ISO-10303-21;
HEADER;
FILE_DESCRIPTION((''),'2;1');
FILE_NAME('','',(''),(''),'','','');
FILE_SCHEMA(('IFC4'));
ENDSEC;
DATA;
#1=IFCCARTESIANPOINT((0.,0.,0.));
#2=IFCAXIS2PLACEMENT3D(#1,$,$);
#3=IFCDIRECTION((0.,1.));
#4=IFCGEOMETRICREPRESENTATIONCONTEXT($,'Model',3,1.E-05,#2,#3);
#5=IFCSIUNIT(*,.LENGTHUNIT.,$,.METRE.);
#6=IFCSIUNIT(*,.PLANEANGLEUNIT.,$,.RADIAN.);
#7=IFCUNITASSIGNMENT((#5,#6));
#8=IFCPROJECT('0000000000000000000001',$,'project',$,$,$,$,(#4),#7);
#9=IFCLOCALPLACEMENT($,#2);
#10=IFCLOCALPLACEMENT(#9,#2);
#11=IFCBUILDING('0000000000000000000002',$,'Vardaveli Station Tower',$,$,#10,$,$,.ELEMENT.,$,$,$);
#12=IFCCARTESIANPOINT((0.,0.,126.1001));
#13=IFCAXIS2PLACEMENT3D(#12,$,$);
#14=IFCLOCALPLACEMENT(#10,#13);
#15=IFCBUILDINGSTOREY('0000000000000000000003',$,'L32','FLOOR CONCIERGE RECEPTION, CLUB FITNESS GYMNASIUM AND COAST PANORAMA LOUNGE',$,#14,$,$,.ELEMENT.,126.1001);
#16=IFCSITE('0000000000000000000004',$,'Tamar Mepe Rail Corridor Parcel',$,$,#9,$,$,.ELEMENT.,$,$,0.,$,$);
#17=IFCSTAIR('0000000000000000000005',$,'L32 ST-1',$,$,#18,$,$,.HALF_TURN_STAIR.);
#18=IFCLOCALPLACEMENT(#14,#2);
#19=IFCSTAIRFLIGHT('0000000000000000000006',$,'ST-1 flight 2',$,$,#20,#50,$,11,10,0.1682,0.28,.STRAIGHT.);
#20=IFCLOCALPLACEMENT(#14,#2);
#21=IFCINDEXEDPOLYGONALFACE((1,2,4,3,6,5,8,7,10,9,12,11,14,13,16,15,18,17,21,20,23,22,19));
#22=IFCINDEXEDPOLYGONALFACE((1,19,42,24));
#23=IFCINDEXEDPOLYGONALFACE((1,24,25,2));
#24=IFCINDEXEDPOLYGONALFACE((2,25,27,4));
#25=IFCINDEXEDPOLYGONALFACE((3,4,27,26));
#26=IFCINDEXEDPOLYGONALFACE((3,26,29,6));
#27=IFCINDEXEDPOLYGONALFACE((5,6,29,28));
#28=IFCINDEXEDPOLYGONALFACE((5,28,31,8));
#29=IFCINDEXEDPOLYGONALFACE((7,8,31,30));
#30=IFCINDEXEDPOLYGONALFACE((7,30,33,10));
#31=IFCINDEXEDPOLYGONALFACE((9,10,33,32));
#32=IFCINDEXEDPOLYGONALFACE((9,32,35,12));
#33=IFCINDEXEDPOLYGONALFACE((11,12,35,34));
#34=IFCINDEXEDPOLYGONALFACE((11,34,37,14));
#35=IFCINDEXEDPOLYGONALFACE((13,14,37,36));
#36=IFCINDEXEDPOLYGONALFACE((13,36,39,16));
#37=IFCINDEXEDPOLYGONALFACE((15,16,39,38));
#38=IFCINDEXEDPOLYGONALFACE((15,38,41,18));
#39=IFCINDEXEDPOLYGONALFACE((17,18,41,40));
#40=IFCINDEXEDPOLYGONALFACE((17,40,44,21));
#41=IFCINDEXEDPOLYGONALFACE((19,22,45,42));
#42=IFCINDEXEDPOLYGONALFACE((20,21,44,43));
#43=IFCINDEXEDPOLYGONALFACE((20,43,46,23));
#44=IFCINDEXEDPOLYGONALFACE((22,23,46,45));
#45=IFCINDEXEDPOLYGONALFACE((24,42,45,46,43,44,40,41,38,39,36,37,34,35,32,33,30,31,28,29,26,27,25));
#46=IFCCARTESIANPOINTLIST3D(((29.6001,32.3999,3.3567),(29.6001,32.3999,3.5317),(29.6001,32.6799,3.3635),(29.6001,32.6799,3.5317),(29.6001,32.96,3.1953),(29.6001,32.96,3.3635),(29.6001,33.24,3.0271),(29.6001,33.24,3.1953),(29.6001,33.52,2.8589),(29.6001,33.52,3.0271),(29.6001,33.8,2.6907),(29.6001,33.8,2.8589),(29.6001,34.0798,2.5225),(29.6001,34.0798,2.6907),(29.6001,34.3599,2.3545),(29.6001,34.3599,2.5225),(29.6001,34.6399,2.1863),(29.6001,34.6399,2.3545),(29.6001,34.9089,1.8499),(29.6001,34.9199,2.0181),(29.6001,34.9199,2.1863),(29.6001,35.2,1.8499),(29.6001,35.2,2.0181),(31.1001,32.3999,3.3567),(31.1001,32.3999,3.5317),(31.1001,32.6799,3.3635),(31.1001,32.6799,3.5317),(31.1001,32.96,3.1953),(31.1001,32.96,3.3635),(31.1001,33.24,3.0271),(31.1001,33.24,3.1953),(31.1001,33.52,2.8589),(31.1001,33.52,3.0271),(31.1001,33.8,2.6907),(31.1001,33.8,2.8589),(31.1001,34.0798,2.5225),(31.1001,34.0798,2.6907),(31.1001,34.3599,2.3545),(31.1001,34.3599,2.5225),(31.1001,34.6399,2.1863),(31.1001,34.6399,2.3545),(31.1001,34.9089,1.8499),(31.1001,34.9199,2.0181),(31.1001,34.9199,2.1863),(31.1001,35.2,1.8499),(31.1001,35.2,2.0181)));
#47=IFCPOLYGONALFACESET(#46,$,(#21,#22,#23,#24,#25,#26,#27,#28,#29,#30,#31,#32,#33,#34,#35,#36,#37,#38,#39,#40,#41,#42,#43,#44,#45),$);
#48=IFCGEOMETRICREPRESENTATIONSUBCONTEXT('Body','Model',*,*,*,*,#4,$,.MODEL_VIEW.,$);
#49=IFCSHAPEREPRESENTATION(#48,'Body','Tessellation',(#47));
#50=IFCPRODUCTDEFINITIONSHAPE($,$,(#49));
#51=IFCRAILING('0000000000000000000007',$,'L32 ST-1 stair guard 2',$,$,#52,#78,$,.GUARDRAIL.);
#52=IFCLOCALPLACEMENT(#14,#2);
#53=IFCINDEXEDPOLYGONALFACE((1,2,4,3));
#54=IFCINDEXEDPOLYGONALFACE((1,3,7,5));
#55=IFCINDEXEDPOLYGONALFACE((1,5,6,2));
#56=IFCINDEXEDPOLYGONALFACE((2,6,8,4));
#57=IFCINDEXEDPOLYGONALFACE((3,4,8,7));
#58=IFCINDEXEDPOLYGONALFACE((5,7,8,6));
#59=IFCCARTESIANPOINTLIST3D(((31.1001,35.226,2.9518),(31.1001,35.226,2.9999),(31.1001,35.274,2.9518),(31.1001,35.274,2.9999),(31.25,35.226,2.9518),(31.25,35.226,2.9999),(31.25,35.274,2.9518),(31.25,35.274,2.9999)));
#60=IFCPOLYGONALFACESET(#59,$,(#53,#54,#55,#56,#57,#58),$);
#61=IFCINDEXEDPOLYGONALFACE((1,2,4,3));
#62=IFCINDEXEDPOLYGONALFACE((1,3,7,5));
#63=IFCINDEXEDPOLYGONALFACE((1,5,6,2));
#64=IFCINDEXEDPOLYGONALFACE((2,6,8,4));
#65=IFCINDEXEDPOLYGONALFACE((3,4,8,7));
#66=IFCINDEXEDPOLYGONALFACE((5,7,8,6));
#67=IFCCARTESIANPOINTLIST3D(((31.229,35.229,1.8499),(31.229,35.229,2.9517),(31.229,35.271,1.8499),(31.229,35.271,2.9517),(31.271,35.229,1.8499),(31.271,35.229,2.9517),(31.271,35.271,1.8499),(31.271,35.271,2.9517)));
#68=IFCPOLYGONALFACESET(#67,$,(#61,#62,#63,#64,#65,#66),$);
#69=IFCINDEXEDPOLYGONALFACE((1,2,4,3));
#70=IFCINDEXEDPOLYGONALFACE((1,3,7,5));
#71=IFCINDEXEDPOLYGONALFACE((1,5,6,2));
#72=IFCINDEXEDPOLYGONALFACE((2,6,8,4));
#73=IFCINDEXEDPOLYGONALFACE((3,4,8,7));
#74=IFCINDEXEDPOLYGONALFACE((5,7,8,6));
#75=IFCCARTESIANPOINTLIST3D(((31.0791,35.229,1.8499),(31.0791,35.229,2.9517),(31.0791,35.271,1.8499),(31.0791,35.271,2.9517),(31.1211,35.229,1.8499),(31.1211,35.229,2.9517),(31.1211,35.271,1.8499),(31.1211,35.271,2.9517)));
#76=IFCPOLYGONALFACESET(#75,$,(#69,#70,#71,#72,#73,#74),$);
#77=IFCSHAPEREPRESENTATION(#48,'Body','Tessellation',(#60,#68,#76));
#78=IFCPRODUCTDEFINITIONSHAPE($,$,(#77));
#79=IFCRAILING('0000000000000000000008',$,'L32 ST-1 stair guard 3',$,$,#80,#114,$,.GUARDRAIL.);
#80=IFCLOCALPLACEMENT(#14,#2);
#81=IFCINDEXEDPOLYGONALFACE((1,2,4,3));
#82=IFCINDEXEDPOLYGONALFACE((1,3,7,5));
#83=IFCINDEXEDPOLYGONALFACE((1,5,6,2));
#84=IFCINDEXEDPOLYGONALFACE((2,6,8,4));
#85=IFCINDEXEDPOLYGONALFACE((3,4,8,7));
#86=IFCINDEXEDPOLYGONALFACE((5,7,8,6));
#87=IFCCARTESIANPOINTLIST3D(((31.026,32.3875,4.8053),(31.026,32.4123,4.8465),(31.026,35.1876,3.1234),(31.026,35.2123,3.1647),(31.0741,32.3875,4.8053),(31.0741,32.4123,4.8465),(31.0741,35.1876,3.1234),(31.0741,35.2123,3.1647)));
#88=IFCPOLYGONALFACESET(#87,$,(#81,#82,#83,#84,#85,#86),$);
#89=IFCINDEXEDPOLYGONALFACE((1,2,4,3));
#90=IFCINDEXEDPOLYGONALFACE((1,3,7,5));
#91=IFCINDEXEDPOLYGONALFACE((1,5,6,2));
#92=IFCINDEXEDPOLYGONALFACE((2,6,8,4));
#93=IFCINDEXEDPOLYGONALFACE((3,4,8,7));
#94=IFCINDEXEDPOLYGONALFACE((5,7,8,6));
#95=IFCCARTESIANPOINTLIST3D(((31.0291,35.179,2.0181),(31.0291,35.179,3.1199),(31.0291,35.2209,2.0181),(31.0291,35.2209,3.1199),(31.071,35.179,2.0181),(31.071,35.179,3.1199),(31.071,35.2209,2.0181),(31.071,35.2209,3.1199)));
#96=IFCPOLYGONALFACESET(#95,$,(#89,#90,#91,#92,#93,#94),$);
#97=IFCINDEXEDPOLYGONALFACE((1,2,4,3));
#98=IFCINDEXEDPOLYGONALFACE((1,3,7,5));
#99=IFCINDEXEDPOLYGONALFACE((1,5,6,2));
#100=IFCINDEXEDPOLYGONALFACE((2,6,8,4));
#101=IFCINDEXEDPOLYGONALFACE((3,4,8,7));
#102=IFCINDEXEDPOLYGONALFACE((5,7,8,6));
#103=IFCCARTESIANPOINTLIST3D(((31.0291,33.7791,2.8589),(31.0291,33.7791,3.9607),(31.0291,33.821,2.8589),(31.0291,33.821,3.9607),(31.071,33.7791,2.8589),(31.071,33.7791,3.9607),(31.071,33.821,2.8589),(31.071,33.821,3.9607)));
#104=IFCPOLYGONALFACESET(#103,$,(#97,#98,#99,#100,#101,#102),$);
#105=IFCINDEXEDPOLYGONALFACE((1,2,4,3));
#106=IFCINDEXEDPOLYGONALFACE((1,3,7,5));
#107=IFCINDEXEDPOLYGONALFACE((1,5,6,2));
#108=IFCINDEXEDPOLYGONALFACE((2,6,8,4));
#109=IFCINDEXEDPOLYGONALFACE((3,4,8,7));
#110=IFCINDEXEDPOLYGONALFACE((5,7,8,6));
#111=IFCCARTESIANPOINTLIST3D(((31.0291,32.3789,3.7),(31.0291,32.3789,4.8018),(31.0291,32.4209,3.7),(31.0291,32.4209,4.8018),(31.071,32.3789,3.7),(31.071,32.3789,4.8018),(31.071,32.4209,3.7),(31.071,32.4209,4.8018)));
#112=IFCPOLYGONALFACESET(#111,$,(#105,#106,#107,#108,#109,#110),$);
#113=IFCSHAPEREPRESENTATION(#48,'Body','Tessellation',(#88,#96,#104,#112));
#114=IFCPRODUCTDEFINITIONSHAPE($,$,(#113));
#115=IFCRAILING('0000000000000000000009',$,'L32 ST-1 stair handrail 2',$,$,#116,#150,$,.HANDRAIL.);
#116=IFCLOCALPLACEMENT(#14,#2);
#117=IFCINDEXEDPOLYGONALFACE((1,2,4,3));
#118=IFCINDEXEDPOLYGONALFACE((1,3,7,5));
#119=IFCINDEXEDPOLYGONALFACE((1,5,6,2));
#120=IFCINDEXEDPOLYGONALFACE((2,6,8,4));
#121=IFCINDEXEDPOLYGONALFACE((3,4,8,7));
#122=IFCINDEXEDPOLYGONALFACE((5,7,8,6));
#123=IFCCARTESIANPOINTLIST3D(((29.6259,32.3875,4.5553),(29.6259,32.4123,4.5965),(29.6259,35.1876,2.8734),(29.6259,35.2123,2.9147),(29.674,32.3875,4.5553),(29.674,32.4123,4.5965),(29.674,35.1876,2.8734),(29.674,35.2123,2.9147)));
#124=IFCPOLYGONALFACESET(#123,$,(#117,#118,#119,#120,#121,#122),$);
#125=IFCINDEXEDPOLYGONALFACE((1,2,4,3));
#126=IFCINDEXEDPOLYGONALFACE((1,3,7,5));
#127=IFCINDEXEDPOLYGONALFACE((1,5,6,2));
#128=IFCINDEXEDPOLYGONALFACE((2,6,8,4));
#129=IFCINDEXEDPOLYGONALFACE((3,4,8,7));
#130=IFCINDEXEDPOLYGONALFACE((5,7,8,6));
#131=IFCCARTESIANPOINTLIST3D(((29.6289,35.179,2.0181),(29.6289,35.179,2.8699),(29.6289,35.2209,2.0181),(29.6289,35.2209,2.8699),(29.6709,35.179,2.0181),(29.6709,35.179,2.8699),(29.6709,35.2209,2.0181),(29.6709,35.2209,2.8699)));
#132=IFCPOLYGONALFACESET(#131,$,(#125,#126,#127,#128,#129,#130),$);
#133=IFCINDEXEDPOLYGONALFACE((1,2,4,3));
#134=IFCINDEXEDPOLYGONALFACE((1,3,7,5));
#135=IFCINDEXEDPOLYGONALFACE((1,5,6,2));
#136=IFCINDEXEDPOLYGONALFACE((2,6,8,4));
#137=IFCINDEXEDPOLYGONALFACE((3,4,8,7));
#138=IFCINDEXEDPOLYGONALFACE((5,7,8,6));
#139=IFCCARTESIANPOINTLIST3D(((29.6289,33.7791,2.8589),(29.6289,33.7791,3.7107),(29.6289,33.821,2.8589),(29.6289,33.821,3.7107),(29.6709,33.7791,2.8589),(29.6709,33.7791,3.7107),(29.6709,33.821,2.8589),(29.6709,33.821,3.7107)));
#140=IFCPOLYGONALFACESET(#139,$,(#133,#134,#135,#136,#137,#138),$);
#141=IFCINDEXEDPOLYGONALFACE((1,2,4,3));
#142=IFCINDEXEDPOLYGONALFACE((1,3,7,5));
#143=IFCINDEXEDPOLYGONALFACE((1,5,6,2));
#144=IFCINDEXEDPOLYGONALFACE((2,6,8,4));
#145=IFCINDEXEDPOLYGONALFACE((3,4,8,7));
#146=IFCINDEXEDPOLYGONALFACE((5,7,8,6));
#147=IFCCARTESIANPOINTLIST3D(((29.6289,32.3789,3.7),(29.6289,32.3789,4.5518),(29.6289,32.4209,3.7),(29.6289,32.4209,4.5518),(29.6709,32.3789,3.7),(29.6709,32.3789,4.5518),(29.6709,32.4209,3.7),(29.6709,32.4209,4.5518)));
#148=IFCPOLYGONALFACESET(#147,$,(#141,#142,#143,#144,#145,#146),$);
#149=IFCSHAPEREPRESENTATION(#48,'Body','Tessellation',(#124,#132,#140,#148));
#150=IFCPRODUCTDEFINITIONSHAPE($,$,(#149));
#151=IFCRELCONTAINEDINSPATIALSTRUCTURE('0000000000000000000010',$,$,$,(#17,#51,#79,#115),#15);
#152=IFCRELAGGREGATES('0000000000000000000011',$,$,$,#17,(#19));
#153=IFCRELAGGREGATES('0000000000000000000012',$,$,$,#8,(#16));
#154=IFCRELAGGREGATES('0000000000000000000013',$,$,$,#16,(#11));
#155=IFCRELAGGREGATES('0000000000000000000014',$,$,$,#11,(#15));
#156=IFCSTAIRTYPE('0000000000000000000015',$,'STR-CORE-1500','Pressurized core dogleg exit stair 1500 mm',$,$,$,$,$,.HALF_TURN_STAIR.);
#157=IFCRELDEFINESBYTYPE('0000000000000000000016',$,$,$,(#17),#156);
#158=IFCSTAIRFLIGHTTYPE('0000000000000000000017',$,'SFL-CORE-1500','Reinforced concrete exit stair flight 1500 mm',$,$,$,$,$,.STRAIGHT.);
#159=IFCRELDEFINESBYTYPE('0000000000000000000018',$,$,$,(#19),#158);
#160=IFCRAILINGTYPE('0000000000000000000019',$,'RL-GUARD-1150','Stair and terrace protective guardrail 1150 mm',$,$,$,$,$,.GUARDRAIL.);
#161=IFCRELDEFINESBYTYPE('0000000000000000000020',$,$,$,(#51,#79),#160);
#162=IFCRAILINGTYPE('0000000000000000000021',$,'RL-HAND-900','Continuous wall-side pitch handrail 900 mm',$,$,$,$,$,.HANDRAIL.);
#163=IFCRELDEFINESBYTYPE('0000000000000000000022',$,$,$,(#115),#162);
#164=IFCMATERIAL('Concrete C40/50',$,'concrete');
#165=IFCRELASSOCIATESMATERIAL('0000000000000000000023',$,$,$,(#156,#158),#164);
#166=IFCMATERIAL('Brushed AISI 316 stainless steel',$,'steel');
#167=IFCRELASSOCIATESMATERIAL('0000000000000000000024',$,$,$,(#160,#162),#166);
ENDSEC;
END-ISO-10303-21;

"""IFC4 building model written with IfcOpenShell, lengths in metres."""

from ifc_helpers import new_model, si_unit, direction, frame, origin, origin_2d, place, context, subcontext, project, spatial, polyline, rectangle, outline, extrude, source, transform, mapped, material, type_object, element, aggregate, save


model = new_model("IFC4")

# Units and contexts
model_context = context("Model", 3, precision=1e-05, world=origin(), true_north=direction((0.0, 1.0)))
body_context = subcontext(model_context, "Body", "Model", "MODEL_VIEW")
ifc_project = project(units=[si_unit("LENGTHUNIT", "METRE"), si_unit("PLANEANGLEUNIT", "RADIAN")], contexts=[model_context])

# Site, building, storey
site_placement = place(None, origin())
site = spatial("IfcSite", under=ifc_project, at=site_placement, Name="Tamar Mepe Rail Corridor Parcel", CompositionType="ELEMENT", RefElevation=0.0)
building_placement = place(site_placement, origin())
building = spatial("IfcBuilding", under=site, at=building_placement, Name="Vardaveli Station Tower", CompositionType="ELEMENT")
storey_placement = place(building_placement, frame((0.0, 0.0, 126.1001)))
storey = spatial("IfcBuildingStorey", under=building, at=storey_placement, Name="L32", Description="FLOOR CONCIERGE RECEPTION, CLUB FITNESS GYMNASIUM AND COAST PANORAMA LOUNGE", CompositionType="ELEMENT", Elevation=126.1001)

# Shared definitions
ifc_material_1 = material(Name="Concrete C40/50", Category="concrete")

# Stair, stair flight
stair_type = type_object("IfcStairType", Name="STR-CORE-1500", Description="Pressurized core dogleg exit stair 1500 mm", PredefinedType="HALF_TURN_STAIR", material=ifc_material_1)
stair_placement = place(storey_placement, origin())
stair = element("IfcStair", 1, at=stair_placement, inside=storey, type_object=stair_type, Name="L32 ST-1", PredefinedType="HALF_TURN_STAIR")
stair_flight_type = type_object("IfcStairFlightType", Name="SFL-CORE-1500", Description="Reinforced concrete exit stair flight 1500 mm", PredefinedType="STRAIGHT", material=ifc_material_1)
shared_shape_1 = source(origin(), body_context, "Body", "SweptSolid", [
    extrude(outline(polyline([(0.0, 0.0), (0.0, 0.1682), (0.28, 0.1682), (0.28, 0.3364), (0.5601, 0.3364), (0.5601, 0.5046), (0.8401, 0.5046), (0.8401, 0.6726), (1.1201, 0.6726), (1.1201, 0.8408), (1.3999, 0.8408), (1.3999, 1.009), (1.6799, 1.009), (1.6799, 1.1772), (1.96, 1.1772), (1.96, 1.3455), (2.24, 1.3455), (2.24, 1.5137), (2.52, 1.5137), (2.52, 1.6819), (2.8, 1.6819), (2.8, 1.8501), (2.8, 1.5068), (0.291, 0.0), (0.0, 0.0)])), frame((0.0, 0.75, 0.0), z_axis=(0.0, -1.0, 0.0), x_axis=(1.0, 0.0, 0.0)), (0.0, 0.0, 1.0), 1.5),
])
stair_flight_placement = place(storey_placement, frame((30.3501, 35.2, 1.8499), z_axis=(0.0, 0.0, 1.0), x_axis=(0.0, -1.0, 0.0)))
stair_flight = element("IfcStairFlight", 2, at=stair_flight_placement, type_object=stair_flight_type, Name="ST-1 flight 2", NumberOfRisers=11, NumberOfTreads=10, PredefinedType="STRAIGHT", RiserHeight=0.1682, TreadLength=0.28, context=body_context, shape_type="MappedRepresentation", body=[
    mapped(shared_shape_1, transform((0.0, 0.0, 0.0), scale=1.0)),
])
aggregate(stair, [stair_flight])

# Railings
ifc_material_2 = material(Name="Brushed AISI 316 stainless steel", Category="steel")
railing_type_1 = type_object("IfcRailingType", Name="RL-GUARD-1150", Description="Stair and terrace protective guardrail 1150 mm", PredefinedType="GUARDRAIL", material=ifc_material_2)
shared_shape_2 = source(origin(), body_context, "Body", "SweptSolid", [
    extrude(rectangle(XDim=0.0481, YDim=0.0481, at=origin_2d()), frame((0.0, 0.0, 1.126), z_axis=(-1.0, 0.0, 0.0), x_axis=(0.0, -1.0, 0.0)), (0.0, 0.0, 1.0), 0.1499),
    extrude(rectangle(XDim=0.042, YDim=0.042, at=origin_2d()), origin(), (0.0, 0.0, 1.0), 1.1018),
    extrude(rectangle(XDim=0.042, YDim=0.042, at=origin_2d()), frame((-0.1499, 0.0, 0.0)), (0.0, 0.0, 1.0), 1.1018),
])
railing_1_placement = place(storey_placement, frame((31.25, 35.25, 1.8499)))
element("IfcRailing", 3, at=railing_1_placement, inside=storey, type_object=railing_type_1, Name="L32 ST-1 stair guard 2", PredefinedType="GUARDRAIL", context=body_context, shape_type="MappedRepresentation", body=[
    mapped(shared_shape_2, transform((0.0, 0.0, 0.0), scale=1.0)),
])
shared_shape_3 = source(origin(), body_context, "Body", "SweptSolid", [
    extrude(rectangle(XDim=0.0481, YDim=0.0481, at=origin_2d()), frame((0.0, 0.0, 1.126), z_axis=(0.0, -0.857242, 0.514913), x_axis=(1.0, 0.0, 0.0)), (0.0, 0.0, 1.0), 3.2664),
    extrude(rectangle(XDim=0.042, YDim=0.042, at=origin_2d()), origin(), (0.0, 0.0, 1.0), 1.1018),
    extrude(rectangle(XDim=0.042, YDim=0.042, at=origin_2d()), frame((0.0, -1.3999, 0.8408)), (0.0, 0.0, 1.0), 1.1018),
    extrude(rectangle(XDim=0.042, YDim=0.042, at=origin_2d()), frame((0.0, -2.8, 1.6819)), (0.0, 0.0, 1.0), 1.1018),
])
railing_2_placement = place(storey_placement, frame((31.05, 35.2, 2.0181)))
element("IfcRailing", 4, at=railing_2_placement, inside=storey, type_object=railing_type_1, Name="L32 ST-1 stair guard 3", PredefinedType="GUARDRAIL", context=body_context, shape_type="MappedRepresentation", body=[
    mapped(shared_shape_3, transform((0.0, 0.0, 0.0), scale=1.0)),
])
railing_type_2 = type_object("IfcRailingType", Name="RL-HAND-900", Description="Continuous wall-side pitch handrail 900 mm", PredefinedType="HANDRAIL", material=ifc_material_2)
shared_shape_4 = source(origin(), body_context, "Body", "SweptSolid", [
    extrude(rectangle(XDim=0.0481, YDim=0.0481, at=origin_2d()), frame((0.0, 0.0, 0.876), z_axis=(0.0, -0.857242, 0.514913), x_axis=(1.0, 0.0, 0.0)), (0.0, 0.0, 1.0), 3.2664),
    extrude(rectangle(XDim=0.042, YDim=0.042, at=origin_2d()), origin(), (0.0, 0.0, 1.0), 0.8518),
    extrude(rectangle(XDim=0.042, YDim=0.042, at=origin_2d()), frame((0.0, -1.3999, 0.8408)), (0.0, 0.0, 1.0), 0.8518),
    extrude(rectangle(XDim=0.042, YDim=0.042, at=origin_2d()), frame((0.0, -2.8, 1.6819)), (0.0, 0.0, 1.0), 0.8518),
])
railing_3_placement = place(storey_placement, frame((29.6499, 35.2, 2.0181)))
element("IfcRailing", 5, at=railing_3_placement, inside=storey, type_object=railing_type_2, Name="L32 ST-1 stair handrail 2", PredefinedType="HANDRAIL", context=body_context, shape_type="MappedRepresentation", body=[
    mapped(shared_shape_4, transform((0.0, 0.0, 0.0), scale=1.0)),
])

save(model, "model.ifc")
